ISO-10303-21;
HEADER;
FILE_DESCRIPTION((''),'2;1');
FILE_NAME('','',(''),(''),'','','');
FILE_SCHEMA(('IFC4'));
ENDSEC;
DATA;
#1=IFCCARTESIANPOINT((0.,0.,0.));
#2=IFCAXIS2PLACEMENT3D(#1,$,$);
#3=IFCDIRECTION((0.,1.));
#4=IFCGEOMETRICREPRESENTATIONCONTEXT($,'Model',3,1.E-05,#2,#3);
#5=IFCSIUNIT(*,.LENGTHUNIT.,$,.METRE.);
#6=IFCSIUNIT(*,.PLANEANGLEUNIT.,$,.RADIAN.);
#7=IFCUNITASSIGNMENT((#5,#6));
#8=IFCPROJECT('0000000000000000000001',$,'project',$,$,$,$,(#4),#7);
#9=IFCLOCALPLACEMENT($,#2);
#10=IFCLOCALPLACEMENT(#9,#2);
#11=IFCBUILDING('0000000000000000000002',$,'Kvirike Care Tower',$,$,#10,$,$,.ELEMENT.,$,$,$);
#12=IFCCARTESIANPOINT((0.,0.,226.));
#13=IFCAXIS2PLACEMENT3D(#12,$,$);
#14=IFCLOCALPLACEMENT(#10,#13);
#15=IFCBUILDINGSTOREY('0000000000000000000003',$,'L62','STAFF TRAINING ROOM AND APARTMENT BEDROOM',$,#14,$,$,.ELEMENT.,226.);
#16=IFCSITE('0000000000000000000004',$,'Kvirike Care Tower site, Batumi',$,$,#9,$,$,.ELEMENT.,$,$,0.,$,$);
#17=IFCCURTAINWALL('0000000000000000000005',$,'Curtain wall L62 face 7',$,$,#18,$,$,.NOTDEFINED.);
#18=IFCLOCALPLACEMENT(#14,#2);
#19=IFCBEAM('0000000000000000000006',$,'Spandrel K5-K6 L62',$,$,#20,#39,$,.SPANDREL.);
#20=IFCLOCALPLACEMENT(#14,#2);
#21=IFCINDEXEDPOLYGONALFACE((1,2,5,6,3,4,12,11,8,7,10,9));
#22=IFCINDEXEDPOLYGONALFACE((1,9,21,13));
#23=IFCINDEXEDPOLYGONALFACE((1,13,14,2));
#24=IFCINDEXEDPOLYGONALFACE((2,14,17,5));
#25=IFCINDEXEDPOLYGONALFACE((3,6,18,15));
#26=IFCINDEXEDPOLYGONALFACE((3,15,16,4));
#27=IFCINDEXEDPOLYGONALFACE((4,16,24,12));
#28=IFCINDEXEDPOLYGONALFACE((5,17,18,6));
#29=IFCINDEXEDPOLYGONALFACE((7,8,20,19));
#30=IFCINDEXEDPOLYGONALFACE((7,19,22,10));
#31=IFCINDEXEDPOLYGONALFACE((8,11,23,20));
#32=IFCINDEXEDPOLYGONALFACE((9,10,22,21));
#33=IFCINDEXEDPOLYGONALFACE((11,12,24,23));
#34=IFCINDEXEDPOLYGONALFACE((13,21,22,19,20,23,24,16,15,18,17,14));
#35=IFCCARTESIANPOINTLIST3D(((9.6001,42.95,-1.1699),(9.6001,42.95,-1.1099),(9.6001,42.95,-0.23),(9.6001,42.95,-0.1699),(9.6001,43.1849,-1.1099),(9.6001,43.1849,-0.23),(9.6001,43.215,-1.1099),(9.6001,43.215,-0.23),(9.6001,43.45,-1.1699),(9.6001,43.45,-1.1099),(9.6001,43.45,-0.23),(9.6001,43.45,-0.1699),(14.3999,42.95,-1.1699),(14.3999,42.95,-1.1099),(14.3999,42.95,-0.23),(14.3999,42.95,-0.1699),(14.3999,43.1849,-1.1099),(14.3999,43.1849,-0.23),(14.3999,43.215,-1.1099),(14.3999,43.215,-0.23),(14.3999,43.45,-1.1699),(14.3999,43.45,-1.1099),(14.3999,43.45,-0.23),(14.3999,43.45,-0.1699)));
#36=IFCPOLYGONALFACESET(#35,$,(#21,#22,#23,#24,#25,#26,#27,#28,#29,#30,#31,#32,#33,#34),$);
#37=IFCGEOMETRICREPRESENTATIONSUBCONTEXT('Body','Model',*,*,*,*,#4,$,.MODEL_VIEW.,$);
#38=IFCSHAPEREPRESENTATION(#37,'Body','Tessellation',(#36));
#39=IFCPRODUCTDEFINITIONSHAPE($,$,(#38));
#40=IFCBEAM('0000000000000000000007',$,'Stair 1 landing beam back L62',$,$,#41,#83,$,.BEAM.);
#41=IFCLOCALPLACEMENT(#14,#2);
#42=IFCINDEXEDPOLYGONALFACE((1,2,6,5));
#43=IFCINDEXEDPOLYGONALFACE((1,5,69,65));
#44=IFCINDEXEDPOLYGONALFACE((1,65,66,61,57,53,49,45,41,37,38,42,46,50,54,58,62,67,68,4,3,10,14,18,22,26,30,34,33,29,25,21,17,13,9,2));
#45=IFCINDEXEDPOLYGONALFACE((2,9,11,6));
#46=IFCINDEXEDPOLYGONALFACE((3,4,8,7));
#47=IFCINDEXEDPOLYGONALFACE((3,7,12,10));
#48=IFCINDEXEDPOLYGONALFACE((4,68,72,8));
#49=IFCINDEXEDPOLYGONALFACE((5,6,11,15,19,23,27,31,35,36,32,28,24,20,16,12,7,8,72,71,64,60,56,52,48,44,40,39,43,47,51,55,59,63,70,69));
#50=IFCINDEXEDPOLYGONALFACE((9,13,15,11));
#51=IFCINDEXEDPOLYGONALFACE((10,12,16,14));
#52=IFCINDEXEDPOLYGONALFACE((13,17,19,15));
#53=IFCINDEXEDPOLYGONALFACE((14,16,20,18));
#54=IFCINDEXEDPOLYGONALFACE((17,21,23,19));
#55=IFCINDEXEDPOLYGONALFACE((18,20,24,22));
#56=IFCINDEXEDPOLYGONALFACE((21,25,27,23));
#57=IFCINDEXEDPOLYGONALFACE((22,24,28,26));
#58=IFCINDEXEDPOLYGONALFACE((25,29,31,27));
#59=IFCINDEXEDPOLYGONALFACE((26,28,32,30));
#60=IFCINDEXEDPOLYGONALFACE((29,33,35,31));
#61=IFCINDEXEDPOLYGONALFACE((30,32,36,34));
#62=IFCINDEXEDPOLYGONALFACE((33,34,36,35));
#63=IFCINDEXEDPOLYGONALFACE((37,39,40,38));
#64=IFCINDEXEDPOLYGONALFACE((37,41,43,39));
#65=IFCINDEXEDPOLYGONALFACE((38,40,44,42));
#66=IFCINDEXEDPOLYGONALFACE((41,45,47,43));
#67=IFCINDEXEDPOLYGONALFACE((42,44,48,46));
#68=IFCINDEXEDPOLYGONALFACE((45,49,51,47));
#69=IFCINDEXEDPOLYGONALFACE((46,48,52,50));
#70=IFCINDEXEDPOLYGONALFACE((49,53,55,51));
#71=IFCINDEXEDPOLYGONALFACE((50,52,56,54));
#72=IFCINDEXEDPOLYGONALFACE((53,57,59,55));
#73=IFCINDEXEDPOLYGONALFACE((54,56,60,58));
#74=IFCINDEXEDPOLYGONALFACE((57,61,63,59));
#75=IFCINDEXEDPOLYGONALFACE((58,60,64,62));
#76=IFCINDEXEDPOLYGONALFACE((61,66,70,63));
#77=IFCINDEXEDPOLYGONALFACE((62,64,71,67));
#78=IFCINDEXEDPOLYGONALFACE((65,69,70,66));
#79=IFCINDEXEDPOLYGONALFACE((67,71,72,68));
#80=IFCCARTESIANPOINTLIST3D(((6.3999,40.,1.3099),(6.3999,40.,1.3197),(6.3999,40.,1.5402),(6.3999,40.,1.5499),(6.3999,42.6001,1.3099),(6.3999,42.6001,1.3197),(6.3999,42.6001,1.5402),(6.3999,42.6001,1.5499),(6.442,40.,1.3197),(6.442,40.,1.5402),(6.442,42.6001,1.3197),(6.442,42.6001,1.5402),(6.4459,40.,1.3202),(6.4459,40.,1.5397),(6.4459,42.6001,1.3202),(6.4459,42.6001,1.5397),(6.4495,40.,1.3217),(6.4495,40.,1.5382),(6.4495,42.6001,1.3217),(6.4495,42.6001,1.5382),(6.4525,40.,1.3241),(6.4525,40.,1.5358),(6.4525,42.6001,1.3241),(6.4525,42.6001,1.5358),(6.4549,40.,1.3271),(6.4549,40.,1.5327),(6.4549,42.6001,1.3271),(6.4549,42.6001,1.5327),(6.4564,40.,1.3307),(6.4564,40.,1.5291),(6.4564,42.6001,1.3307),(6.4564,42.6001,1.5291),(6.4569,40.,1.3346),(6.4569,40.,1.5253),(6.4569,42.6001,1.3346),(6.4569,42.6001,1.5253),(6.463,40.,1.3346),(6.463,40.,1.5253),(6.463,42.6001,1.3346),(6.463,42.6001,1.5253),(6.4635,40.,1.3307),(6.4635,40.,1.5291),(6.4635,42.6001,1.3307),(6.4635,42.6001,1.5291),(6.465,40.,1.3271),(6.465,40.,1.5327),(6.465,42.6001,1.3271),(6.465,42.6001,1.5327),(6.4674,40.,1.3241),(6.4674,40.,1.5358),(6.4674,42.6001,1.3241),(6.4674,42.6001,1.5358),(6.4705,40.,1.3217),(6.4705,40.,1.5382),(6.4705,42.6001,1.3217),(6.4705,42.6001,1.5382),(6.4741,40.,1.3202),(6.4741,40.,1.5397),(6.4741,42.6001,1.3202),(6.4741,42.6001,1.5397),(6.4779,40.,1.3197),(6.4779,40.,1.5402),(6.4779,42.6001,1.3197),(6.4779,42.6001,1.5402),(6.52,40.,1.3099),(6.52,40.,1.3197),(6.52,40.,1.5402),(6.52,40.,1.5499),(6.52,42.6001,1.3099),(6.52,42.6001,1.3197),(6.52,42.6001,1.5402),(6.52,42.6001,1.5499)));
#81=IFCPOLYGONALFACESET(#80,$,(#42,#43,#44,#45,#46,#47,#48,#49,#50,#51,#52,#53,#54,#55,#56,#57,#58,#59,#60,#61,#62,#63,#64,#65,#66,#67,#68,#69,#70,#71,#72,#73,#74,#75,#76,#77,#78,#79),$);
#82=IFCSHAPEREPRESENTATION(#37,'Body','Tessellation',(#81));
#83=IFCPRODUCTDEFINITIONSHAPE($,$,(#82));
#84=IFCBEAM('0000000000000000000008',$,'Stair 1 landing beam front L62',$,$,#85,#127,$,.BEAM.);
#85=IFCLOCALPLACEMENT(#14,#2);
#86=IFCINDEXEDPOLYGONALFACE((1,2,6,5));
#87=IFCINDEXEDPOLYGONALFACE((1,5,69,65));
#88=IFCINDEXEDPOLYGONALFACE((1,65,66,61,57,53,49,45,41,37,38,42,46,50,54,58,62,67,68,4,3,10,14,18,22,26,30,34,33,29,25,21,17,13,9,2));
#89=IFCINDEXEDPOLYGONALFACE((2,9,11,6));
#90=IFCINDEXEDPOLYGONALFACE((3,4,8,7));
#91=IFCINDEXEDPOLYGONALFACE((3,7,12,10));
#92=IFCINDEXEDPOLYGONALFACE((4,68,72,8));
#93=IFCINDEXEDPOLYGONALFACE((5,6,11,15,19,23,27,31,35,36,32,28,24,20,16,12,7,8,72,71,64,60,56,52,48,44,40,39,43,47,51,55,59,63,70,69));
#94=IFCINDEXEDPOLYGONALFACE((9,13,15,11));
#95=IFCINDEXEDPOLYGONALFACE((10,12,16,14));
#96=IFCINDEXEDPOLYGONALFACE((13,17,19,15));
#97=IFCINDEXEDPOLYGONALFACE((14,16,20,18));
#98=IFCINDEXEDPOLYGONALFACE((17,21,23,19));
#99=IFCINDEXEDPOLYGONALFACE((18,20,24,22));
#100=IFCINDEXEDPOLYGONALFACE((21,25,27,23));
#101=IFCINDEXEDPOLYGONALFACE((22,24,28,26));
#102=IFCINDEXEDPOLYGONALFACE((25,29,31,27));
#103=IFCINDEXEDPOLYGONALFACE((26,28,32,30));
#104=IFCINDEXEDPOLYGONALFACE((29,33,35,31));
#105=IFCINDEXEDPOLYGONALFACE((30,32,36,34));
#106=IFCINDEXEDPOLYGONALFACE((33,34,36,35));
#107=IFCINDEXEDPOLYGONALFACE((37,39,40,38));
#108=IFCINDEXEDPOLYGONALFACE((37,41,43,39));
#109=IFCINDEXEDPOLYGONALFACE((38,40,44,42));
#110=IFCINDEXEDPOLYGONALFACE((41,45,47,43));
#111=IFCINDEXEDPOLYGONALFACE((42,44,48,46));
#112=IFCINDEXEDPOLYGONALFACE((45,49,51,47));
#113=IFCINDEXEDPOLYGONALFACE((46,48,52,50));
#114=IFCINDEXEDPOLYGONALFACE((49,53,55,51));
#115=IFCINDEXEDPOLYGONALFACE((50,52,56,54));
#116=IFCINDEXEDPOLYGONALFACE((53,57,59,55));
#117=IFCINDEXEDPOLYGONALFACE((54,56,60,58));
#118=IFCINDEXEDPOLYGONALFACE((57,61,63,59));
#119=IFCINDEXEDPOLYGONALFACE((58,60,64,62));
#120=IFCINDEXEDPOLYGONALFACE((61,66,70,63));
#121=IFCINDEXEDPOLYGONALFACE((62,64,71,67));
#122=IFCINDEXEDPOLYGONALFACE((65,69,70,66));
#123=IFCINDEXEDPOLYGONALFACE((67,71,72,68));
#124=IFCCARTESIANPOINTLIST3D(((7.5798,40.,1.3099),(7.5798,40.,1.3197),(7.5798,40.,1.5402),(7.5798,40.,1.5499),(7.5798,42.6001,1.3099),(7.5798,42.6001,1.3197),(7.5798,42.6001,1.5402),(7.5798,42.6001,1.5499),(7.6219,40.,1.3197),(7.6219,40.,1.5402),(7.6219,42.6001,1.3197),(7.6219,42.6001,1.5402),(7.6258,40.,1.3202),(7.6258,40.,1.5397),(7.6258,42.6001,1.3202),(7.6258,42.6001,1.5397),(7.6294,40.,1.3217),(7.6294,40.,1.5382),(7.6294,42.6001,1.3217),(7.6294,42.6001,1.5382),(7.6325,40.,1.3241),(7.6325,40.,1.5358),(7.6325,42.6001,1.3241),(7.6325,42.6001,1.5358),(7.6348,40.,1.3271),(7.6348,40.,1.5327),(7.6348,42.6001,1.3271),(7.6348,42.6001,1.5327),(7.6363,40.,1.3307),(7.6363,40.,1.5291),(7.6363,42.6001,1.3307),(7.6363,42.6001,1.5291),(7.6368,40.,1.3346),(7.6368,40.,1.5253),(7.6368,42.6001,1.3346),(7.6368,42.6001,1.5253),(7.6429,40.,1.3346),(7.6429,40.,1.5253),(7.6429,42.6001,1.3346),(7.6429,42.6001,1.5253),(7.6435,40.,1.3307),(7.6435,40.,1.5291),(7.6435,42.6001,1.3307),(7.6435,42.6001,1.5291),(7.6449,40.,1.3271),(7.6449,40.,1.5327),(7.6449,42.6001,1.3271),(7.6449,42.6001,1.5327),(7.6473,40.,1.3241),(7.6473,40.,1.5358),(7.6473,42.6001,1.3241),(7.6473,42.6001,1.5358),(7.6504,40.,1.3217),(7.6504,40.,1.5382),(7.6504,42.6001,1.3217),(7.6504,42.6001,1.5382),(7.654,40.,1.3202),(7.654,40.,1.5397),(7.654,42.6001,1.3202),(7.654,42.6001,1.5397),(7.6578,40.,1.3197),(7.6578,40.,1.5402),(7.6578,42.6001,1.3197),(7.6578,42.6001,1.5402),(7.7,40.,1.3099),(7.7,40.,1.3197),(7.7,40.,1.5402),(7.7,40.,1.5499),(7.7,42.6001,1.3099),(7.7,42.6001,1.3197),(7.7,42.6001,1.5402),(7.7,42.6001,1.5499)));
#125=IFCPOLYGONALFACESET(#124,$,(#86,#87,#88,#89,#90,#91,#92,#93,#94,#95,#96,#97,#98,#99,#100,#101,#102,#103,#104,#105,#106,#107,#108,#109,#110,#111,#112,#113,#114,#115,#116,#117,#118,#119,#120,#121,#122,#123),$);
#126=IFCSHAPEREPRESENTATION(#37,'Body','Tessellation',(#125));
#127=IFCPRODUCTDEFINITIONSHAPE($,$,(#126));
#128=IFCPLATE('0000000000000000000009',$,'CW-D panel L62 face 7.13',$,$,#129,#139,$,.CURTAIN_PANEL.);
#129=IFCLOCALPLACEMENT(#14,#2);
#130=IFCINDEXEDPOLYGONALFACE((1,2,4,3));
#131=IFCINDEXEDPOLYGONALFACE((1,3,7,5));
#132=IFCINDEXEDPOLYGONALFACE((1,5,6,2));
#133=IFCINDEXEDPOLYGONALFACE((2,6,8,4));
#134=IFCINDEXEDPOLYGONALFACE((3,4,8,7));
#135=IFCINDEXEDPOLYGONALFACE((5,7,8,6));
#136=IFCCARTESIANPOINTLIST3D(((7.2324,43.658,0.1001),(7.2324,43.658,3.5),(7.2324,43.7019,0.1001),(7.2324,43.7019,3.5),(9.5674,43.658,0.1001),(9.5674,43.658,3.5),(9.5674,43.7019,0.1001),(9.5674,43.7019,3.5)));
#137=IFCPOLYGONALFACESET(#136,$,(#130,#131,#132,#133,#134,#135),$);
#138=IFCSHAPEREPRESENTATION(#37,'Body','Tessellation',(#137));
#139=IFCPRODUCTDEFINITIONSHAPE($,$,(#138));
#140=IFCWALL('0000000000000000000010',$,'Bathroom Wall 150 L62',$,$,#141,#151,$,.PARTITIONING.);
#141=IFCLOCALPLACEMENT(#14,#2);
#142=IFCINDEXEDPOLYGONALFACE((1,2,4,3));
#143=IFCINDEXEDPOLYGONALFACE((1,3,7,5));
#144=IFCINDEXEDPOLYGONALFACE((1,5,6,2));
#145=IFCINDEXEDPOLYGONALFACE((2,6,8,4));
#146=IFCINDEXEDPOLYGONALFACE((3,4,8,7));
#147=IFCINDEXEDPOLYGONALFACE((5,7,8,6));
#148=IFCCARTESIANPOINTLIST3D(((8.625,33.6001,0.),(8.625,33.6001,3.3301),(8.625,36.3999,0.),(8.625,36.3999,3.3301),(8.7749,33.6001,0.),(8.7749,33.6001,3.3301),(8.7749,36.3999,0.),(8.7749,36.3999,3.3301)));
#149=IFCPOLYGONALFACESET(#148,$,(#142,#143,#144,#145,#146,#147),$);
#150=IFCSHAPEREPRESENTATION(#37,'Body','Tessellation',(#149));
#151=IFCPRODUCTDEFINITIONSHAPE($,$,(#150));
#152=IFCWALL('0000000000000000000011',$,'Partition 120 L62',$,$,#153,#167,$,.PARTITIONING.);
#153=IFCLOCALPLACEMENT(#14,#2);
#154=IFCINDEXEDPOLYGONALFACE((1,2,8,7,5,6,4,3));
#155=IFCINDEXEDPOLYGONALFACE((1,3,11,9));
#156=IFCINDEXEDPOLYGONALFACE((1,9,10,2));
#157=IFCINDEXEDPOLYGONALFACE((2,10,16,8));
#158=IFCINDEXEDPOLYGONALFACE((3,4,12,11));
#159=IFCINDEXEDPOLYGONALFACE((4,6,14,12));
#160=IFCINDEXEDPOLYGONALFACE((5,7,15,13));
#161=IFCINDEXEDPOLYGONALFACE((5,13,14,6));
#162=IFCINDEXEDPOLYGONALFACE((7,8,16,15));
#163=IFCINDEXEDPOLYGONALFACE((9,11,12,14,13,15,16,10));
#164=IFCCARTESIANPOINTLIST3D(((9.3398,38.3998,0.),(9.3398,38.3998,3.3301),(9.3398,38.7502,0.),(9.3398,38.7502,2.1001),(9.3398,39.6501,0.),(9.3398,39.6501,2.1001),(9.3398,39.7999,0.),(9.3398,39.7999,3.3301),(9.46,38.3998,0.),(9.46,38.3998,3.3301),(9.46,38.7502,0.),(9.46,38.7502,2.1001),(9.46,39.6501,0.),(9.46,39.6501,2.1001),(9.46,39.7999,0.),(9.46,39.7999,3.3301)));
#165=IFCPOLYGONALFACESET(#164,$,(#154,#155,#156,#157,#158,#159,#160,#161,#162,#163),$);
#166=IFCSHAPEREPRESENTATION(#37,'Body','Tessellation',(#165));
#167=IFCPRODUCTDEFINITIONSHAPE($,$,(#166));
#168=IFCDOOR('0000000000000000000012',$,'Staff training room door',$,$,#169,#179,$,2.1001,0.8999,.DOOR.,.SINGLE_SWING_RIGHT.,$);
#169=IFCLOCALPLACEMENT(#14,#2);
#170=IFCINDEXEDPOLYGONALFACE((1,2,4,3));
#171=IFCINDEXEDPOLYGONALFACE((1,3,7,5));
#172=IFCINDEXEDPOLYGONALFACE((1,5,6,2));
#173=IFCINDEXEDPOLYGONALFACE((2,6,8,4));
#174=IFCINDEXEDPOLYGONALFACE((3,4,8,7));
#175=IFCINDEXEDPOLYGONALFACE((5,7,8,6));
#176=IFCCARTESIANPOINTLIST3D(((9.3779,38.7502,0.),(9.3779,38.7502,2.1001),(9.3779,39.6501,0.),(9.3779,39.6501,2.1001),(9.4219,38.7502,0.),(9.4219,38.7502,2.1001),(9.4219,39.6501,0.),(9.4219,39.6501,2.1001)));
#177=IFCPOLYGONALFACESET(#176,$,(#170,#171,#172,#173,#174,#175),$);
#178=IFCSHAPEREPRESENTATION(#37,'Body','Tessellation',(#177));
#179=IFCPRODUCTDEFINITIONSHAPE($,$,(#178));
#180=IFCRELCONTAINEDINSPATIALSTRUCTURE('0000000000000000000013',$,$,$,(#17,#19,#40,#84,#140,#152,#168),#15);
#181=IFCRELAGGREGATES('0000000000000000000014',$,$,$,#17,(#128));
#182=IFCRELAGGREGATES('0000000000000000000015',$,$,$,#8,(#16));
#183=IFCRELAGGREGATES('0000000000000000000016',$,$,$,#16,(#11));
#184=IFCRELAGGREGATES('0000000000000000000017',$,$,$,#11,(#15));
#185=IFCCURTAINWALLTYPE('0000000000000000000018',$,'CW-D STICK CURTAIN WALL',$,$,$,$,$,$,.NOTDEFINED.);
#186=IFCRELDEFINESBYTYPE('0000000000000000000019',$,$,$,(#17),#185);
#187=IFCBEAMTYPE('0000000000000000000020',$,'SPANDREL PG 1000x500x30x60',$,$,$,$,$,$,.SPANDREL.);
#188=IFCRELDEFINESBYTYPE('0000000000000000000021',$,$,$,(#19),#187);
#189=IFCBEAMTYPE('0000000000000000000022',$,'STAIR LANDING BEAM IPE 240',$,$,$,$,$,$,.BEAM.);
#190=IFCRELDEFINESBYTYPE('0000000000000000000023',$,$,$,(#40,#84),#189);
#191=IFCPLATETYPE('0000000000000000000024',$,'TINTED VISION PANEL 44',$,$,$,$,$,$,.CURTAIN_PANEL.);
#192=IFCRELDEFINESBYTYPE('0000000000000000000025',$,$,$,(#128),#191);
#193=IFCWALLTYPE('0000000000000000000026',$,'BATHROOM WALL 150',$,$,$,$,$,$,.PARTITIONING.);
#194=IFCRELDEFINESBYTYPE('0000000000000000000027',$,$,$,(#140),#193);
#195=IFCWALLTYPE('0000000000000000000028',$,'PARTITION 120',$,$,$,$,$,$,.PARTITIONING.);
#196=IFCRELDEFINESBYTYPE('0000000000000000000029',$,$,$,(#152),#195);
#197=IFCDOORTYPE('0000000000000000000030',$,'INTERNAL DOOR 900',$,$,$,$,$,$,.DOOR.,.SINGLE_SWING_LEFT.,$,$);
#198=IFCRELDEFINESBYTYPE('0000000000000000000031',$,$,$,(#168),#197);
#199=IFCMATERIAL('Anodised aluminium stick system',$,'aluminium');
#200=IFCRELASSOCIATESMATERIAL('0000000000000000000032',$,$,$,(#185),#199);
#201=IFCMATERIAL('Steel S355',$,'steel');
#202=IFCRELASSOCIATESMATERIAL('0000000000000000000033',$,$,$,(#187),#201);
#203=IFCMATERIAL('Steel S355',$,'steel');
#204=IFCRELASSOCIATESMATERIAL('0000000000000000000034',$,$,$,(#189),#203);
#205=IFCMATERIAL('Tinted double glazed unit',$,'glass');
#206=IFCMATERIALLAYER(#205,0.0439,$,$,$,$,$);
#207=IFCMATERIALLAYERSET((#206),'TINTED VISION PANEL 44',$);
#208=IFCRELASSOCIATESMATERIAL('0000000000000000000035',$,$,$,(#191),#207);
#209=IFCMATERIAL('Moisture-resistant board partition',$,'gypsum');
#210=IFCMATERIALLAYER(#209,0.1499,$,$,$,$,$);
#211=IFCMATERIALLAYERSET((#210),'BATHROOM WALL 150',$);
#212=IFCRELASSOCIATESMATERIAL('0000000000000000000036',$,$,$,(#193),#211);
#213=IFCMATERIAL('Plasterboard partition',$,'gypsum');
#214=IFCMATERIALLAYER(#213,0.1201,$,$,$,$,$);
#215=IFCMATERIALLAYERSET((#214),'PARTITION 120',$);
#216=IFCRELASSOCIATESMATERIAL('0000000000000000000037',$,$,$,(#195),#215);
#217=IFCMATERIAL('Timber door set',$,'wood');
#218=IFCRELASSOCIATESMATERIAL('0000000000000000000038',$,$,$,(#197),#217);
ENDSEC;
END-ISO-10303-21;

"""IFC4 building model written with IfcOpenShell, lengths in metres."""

from ifc_helpers import new_model, si_unit, direction, frame, frame_2d, origin, origin_2d, place, context, subcontext, project, spatial, rectangle, i_section, extrude, material, layer, layer_set, material_profile, profile_set, type_object, element, fill, aggregate, save


model = new_model("IFC4")

# Units and contexts
model_context = context("Model", 3, precision=1e-05, world=origin(), true_north=direction((0.0, 1.0)))
body_context = subcontext(model_context, "Body", "Model", "MODEL_VIEW")
ifc_project = project(units=[si_unit("LENGTHUNIT", "METRE"), si_unit("PLANEANGLEUNIT", "RADIAN")], contexts=[model_context])

# Site, building, storey
site_placement = place(None, origin())
site = spatial("IfcSite", under=ifc_project, at=site_placement, Name="Kvirike Care Tower site, Batumi", CompositionType="ELEMENT", RefElevation=0.0)
building_placement = place(site_placement, origin())
building = spatial("IfcBuilding", under=site, at=building_placement, Name="Kvirike Care Tower", CompositionType="ELEMENT")
storey_placement = place(building_placement, frame((0.0, 0.0, 226.0)))
storey = spatial("IfcBuildingStorey", under=building, at=storey_placement, Name="L62", Description="STAFF TRAINING ROOM AND APARTMENT BEDROOM", CompositionType="ELEMENT", Elevation=226.0)

# Curtain wall
ifc_material_1 = material(Name="Anodised aluminium stick system", Category="aluminium")
curtain_wall_type = type_object("IfcCurtainWallType", Name="CW-D STICK CURTAIN WALL", PredefinedType="NOTDEFINED", material=ifc_material_1)
curtain_wall_placement = place(storey_placement, origin())
curtain_wall = element("IfcCurtainWall", 1, at=curtain_wall_placement, inside=storey, type_object=curtain_wall_type, Name="Curtain wall L62 face 7", PredefinedType="NOTDEFINED")

# Beams
ifc_material_2 = material(Name="Steel S355", Category="steel")
ifc_material_profile_1 = material_profile(ifc_material_2, i_section(OverallWidth=0.5, OverallDepth=1.0, WebThickness=0.03, FlangeThickness=0.0601, at=origin_2d()), Name="PG 1000x500x30x60")
ifc_profile_set_1 = profile_set([ifc_material_profile_1], Name="Steel S355")
beam_type_1 = type_object("IfcBeamType", Name="SPANDREL PG 1000x500x30x60", PredefinedType="SPANDREL", material=ifc_profile_set_1)
beam_placement = place(storey_placement, frame((9.6001, 43.2, -0.6699), z_axis=(1.0, 0.0, 0.0), x_axis=(0.0, 1.0, 0.0)))
element("IfcBeam", 2, at=beam_placement, inside=storey, type_object=beam_type_1, Name="Spandrel K5-K6 L62", PredefinedType="SPANDREL", context=body_context, shape_type="SweptSolid", body=[
    extrude(i_section(OverallWidth=0.5, OverallDepth=1.0, WebThickness=0.03, FlangeThickness=0.0601, at=origin_2d()), origin(), (0.0, 0.0, 1.0), 4.7998),
])
ifc_material_3 = material(Name="Steel S355", Category="steel")
ifc_material_profile_2 = material_profile(ifc_material_3, i_section(OverallWidth=0.1201, OverallDepth=0.24, WebThickness=0.0061, FlangeThickness=0.0098, FilletRadius=0.0149, at=origin_2d()), Name="IPE 240")
ifc_profile_set_2 = profile_set([ifc_material_profile_2], Name="Steel S355")
beam_type_2 = type_object("IfcBeamType", Name="STAIR LANDING BEAM IPE 240", PredefinedType="BEAM", material=ifc_profile_set_2)
for number, where, z_axis, x_axis, name in (
    (3, (6.46, 42.6001, 1.4299), (0.0, -1.0, 0.0), (1.0, 0.0, 0.0), "Stair 1 landing beam back L62"),
    (4, (7.6399, 42.6001, 1.4299), (0.0, -1.0, 0.0), (1.0, 0.0, 0.0), "Stair 1 landing beam front L62"),
):
    element("IfcBeam", number, at=place(storey_placement, frame(where, z_axis=z_axis, x_axis=x_axis)), inside=storey, type_object=beam_type_2, Name=name, PredefinedType="BEAM", context=body_context, shape_type="SweptSolid", body=[
        extrude(i_section(OverallWidth=0.1201, OverallDepth=0.24, WebThickness=0.0061, FlangeThickness=0.0098, FilletRadius=0.0149, at=origin_2d()), origin(), (0.0, 0.0, 1.0), 2.6001),
    ])

# Plate
ifc_material_4 = material(Name="Tinted double glazed unit", Category="glass")
ifc_layer_1 = layer(ifc_material_4, 0.0439)
ifc_layer_set_1 = layer_set([ifc_layer_1], Name="TINTED VISION PANEL 44")
plate_type = type_object("IfcPlateType", Name="TINTED VISION PANEL 44", PredefinedType="CURTAIN_PANEL", material=ifc_layer_set_1)
plate_placement = place(storey_placement, frame((8.3999, 43.6799, 0.1001), z_axis=(0.0, 0.0, 1.0), x_axis=(-1.0, 0.0, 0.0)))
plate = element("IfcPlate", 5, at=plate_placement, type_object=plate_type, Name="CW-D panel L62 face 7.13", PredefinedType="CURTAIN_PANEL", context=body_context, shape_type="SweptSolid", body=[
    extrude(rectangle(XDim=2.335, YDim=0.0439, at=origin_2d()), origin(), (0.0, 0.0, 1.0), 3.3999),
])
aggregate(curtain_wall, [plate])

# Wall
ifc_material_5 = material(Name="Moisture-resistant board partition", Category="gypsum")
ifc_layer_2 = layer(ifc_material_5, 0.1499)
ifc_layer_set_2 = layer_set([ifc_layer_2], Name="BATHROOM WALL 150")
wall_type_1 = type_object("IfcWallType", Name="BATHROOM WALL 150", PredefinedType="PARTITIONING", material=ifc_layer_set_2)
wall_1_placement = place(storey_placement, frame((8.7, 36.3999, 0.0), z_axis=(0.0, 0.0, 1.0), x_axis=(0.0, -1.0, 0.0)))
element("IfcWall", 6, at=wall_1_placement, inside=storey, type_object=wall_type_1, Name="Bathroom Wall 150 L62", PredefinedType="PARTITIONING", context=body_context, shape_type="SweptSolid", body=[
    extrude(rectangle(XDim=2.7998, YDim=0.1499, at=frame_2d((1.3999, 0.0))), origin(), (0.0, 0.0, 1.0), 3.3301),
])

# Wall, opening, door
ifc_material_6 = material(Name="Plasterboard partition", Category="gypsum")
ifc_layer_3 = layer(ifc_material_6, 0.1201)
ifc_layer_set_3 = layer_set([ifc_layer_3], Name="PARTITION 120")
wall_type_2 = type_object("IfcWallType", Name="PARTITION 120", PredefinedType="PARTITIONING", material=ifc_layer_set_3)
wall_2_placement = place(storey_placement, frame((9.3999, 39.8, 0.0), z_axis=(0.0, 0.0, 1.0), x_axis=(0.0, -1.0, 0.0)))
wall_2 = element("IfcWall", 7, at=wall_2_placement, inside=storey, type_object=wall_type_2, Name="Partition 120 L62", PredefinedType="PARTITIONING", context=body_context, shape_type="SweptSolid", body=[
    extrude(rectangle(XDim=1.4001, YDim=0.1201, at=frame_2d((0.7002, 0.0))), origin(), (0.0, 0.0, 1.0), 3.3301),
])
opening_1_placement = place(wall_2_placement, frame((0.1499, 0.0, 0.0)))
opening_1 = element("IfcOpeningElement", 8, at=opening_1_placement, cuts=wall_2, PredefinedType="OPENING", context=body_context, shape_type="SweptSolid", body=[
    extrude(rectangle(XDim=0.8999, YDim=2.1001, at=frame_2d((0.45, 1.05))), frame((0.0, 0.0706, 0.0), z_axis=(0.0, -1.0, 0.0), x_axis=(1.0, 0.0, 0.0)), (0.0, 0.0, 1.0), 0.1411),
])
ifc_material_7 = material(Name="Timber door set", Category="wood")
door_type = type_object("IfcDoorType", Name="INTERNAL DOOR 900", OperationType="SINGLE_SWING_LEFT", PredefinedType="DOOR", material=ifc_material_7)
door_1_placement = place(opening_1_placement, origin())
door_1 = element("IfcDoor", 9, at=door_1_placement, inside=storey, type_object=door_type, Name="Staff training room door", OperationType="SINGLE_SWING_RIGHT", OverallHeight=2.1001, OverallWidth=0.8999, PredefinedType="DOOR", context=body_context, shape_type="SweptSolid", body=[
    extrude(rectangle(XDim=0.8999, YDim=2.1001, at=frame_2d((0.45, 1.05))), frame((0.0, 0.022, 0.0), z_axis=(0.0, -1.0, 0.0), x_axis=(1.0, 0.0, 0.0)), (0.0, 0.0, 1.0), 0.0439),
])
fill(opening_1, door_1)

save(model, "model.ifc")
